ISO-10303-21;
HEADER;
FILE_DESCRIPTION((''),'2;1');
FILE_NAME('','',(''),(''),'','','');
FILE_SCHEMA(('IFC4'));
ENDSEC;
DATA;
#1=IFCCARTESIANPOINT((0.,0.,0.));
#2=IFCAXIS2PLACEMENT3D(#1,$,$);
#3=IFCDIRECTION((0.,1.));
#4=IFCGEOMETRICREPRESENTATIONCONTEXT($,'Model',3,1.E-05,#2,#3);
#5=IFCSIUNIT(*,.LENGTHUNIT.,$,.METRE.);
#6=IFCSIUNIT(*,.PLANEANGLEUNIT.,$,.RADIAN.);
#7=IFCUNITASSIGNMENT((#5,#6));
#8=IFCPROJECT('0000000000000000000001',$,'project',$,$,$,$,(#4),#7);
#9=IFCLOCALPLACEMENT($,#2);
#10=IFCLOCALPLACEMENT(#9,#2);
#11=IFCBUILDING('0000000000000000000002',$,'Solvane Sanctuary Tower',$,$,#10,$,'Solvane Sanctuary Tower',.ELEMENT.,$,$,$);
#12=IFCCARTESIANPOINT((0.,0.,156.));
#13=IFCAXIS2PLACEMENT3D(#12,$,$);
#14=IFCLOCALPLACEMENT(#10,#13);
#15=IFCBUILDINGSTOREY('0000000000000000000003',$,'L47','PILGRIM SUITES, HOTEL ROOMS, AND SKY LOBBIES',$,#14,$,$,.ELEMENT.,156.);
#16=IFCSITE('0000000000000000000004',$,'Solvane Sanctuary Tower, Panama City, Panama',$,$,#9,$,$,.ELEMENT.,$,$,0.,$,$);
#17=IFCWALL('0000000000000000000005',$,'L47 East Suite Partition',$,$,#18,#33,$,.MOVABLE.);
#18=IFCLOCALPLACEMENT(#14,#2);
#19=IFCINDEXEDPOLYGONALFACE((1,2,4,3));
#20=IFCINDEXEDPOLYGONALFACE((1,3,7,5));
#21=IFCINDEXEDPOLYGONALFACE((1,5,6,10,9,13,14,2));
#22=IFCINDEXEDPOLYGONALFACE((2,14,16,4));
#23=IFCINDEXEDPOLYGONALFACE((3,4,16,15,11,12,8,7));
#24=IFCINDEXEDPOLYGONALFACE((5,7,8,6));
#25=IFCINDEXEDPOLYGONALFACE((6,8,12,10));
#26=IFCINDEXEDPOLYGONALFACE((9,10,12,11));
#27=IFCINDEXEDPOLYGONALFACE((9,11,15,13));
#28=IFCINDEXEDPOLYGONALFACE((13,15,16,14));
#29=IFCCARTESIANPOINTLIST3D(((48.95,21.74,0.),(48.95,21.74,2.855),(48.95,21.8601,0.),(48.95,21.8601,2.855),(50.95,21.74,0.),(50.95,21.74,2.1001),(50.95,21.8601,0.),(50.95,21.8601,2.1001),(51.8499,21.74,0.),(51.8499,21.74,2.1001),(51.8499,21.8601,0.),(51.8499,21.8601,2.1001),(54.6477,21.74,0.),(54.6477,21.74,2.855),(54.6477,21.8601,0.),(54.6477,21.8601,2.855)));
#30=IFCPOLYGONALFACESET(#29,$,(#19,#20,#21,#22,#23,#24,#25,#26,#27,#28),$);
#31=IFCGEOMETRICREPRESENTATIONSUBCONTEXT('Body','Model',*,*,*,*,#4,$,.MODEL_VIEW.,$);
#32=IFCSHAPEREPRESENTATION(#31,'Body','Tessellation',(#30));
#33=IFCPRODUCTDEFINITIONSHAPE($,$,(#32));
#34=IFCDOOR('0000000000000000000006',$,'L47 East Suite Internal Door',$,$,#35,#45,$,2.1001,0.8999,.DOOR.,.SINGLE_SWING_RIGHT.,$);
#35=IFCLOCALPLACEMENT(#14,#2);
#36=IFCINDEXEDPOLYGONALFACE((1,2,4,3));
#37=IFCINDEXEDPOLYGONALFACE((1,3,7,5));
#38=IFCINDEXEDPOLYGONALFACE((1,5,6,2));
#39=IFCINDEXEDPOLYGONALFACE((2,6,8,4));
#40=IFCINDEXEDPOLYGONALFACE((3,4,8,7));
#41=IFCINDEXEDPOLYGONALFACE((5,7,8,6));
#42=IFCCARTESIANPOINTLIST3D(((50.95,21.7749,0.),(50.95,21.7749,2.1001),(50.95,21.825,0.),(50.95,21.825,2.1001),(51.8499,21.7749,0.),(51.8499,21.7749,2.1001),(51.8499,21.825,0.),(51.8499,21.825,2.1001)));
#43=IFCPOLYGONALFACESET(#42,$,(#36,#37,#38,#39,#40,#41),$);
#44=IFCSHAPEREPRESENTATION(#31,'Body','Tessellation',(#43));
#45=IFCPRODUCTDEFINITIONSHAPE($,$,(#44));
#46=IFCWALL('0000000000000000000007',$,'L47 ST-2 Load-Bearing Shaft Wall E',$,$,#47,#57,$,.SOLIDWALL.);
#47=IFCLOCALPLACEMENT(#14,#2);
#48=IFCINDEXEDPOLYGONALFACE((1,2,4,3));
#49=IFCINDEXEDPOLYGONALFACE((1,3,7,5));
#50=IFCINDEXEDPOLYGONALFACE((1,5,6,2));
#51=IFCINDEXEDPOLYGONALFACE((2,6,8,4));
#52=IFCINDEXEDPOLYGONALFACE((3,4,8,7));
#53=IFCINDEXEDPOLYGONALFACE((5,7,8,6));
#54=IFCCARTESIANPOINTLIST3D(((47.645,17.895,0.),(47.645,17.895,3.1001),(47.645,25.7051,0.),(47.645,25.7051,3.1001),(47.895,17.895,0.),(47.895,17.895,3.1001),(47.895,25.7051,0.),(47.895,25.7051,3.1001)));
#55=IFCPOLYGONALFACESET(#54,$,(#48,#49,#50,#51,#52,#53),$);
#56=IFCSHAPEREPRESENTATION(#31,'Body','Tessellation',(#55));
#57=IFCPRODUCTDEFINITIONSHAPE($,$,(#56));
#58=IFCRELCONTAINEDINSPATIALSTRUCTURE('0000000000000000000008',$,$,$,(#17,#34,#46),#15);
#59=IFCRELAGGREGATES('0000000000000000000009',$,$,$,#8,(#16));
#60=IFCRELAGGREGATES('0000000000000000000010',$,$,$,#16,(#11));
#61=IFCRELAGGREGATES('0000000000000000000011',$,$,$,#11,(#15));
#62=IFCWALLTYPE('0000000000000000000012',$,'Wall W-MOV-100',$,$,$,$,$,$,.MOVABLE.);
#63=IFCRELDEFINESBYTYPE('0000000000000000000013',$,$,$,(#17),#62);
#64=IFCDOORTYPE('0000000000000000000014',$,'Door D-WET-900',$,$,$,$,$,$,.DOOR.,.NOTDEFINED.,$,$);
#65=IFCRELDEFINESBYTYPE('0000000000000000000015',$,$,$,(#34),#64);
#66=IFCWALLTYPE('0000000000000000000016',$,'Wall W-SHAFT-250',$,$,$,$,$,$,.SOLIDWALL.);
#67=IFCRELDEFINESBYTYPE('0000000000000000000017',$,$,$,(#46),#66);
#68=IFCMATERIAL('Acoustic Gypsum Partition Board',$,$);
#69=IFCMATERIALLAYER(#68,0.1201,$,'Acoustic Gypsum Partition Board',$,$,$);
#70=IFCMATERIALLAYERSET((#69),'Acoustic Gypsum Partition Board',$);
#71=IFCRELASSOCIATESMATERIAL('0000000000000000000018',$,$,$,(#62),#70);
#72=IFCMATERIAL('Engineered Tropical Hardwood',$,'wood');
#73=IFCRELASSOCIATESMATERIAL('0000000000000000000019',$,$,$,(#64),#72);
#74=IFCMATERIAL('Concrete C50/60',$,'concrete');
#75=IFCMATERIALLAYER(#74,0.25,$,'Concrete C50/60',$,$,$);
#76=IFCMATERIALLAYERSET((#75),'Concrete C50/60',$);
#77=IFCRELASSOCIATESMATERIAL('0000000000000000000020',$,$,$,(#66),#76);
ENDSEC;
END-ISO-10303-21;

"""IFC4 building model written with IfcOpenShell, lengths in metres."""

from ifc_helpers import new_model, si_unit, direction, frame, frame_2d, origin, place, context, subcontext, project, spatial, rectangle, extrude, material, layer, layer_set, type_object, element, fill, save


model = new_model("IFC4")

# Units and contexts
model_context = context("Model", 3, precision=1e-05, world=origin(), true_north=direction((0.0, 1.0)))
body_context = subcontext(model_context, "Body", "Model", "MODEL_VIEW")
ifc_project = project(units=[si_unit("LENGTHUNIT", "METRE"), si_unit("PLANEANGLEUNIT", "RADIAN")], contexts=[model_context])

# Site, building, storey
site_placement = place(None, origin())
site = spatial("IfcSite", under=ifc_project, at=site_placement, Name="Solvane Sanctuary Tower, Panama City, Panama", CompositionType="ELEMENT", RefElevation=0.0)
building_placement = place(site_placement, origin())
building = spatial("IfcBuilding", under=site, at=building_placement, Name="Solvane Sanctuary Tower", LongName="Solvane Sanctuary Tower", CompositionType="ELEMENT")
storey_placement = place(building_placement, frame((0.0, 0.0, 156.0)))
storey = spatial("IfcBuildingStorey", under=building, at=storey_placement, Name="L47", Description="PILGRIM SUITES, HOTEL ROOMS, AND SKY LOBBIES", CompositionType="ELEMENT", Elevation=156.0)

# Shared definitions
ifc_material_1 = material(Name="Acoustic Gypsum Partition Board")
ifc_material_2 = material(Name="Engineered Tropical Hardwood", Category="wood")

# Wall, opening, door
ifc_layer_1 = layer(ifc_material_1, 0.1201, Name="Acoustic Gypsum Partition Board")
ifc_layer_set_1 = layer_set([ifc_layer_1], Name="Acoustic Gypsum Partition Board")
wall_type_1 = type_object("IfcWallType", Name="Wall W-MOV-100", PredefinedType="MOVABLE", material=ifc_layer_set_1)
wall_1_placement = place(storey_placement, frame((48.95, 21.8, 0.0), z_axis=(0.0, 0.0, 1.0), x_axis=(1.0, 0.0, 0.0)))
wall_1 = element("IfcWall", 1, at=wall_1_placement, inside=storey, type_object=wall_type_1, Name="L47 East Suite Partition", PredefinedType="MOVABLE", context=body_context, shape_type="SweptSolid", body=[
    extrude(rectangle(XDim=5.6978, YDim=0.1201, at=frame_2d((2.8489, 0.0))), origin(), (0.0, 0.0, 1.0), 2.855),
])
opening_1_placement = place(wall_1_placement, frame((2.0, 0.0, 0.0)))
opening_1 = element("IfcOpeningElement", 2, at=opening_1_placement, cuts=wall_1, PredefinedType="OPENING", context=body_context, shape_type="SweptSolid", body=[
    extrude(rectangle(XDim=0.8999, YDim=2.1001, at=frame_2d((0.45, 1.05))), frame((0.0, 0.0701, 0.0), z_axis=(0.0, -1.0, 0.0), x_axis=(1.0, 0.0, 0.0)), (0.0, 0.0, 1.0), 0.1401),
])
door_type_1 = type_object("IfcDoorType", Name="Door D-WET-900", OperationType="NOTDEFINED", PredefinedType="DOOR", material=ifc_material_2)
door_1_placement = place(opening_1_placement, origin())
door_1 = element("IfcDoor", 3, at=door_1_placement, inside=storey, type_object=door_type_1, Name="L47 East Suite Internal Door", OperationType="SINGLE_SWING_RIGHT", OverallHeight=2.1001, OverallWidth=0.8999, PredefinedType="DOOR", context=body_context, shape_type="SweptSolid", body=[
    extrude(rectangle(XDim=0.8999, YDim=2.1001, at=frame_2d((0.45, 1.05))), frame((0.0, 0.0249, 0.0), z_axis=(0.0, -1.0, 0.0), x_axis=(1.0, 0.0, 0.0)), (0.0, 0.0, 1.0), 0.05),
])
fill(opening_1, door_1)

# Wall
ifc_material_3 = material(Name="Concrete C50/60", Category="concrete")
ifc_layer_2 = layer(ifc_material_3, 0.25, Name="Concrete C50/60")
ifc_layer_set_2 = layer_set([ifc_layer_2], Name="Concrete C50/60")
wall_type_2 = type_object("IfcWallType", Name="Wall W-SHAFT-250", PredefinedType="SOLIDWALL", material=ifc_layer_set_2)
wall_2_placement = place(storey_placement, frame((47.77, 17.895, 0.0), z_axis=(0.0, 0.0, 1.0), x_axis=(0.0, 1.0, 0.0)))
element("IfcWall", 4, at=wall_2_placement, inside=storey, type_object=wall_type_2, Name="L47 ST-2 Load-Bearing Shaft Wall E", PredefinedType="SOLIDWALL", context=body_context, shape_type="SweptSolid", body=[
    extrude(rectangle(XDim=7.8101, YDim=0.25, at=frame_2d((3.905, 0.0))), origin(), (0.0, 0.0, 1.0), 3.1001),
])

save(model, "model.ifc")
